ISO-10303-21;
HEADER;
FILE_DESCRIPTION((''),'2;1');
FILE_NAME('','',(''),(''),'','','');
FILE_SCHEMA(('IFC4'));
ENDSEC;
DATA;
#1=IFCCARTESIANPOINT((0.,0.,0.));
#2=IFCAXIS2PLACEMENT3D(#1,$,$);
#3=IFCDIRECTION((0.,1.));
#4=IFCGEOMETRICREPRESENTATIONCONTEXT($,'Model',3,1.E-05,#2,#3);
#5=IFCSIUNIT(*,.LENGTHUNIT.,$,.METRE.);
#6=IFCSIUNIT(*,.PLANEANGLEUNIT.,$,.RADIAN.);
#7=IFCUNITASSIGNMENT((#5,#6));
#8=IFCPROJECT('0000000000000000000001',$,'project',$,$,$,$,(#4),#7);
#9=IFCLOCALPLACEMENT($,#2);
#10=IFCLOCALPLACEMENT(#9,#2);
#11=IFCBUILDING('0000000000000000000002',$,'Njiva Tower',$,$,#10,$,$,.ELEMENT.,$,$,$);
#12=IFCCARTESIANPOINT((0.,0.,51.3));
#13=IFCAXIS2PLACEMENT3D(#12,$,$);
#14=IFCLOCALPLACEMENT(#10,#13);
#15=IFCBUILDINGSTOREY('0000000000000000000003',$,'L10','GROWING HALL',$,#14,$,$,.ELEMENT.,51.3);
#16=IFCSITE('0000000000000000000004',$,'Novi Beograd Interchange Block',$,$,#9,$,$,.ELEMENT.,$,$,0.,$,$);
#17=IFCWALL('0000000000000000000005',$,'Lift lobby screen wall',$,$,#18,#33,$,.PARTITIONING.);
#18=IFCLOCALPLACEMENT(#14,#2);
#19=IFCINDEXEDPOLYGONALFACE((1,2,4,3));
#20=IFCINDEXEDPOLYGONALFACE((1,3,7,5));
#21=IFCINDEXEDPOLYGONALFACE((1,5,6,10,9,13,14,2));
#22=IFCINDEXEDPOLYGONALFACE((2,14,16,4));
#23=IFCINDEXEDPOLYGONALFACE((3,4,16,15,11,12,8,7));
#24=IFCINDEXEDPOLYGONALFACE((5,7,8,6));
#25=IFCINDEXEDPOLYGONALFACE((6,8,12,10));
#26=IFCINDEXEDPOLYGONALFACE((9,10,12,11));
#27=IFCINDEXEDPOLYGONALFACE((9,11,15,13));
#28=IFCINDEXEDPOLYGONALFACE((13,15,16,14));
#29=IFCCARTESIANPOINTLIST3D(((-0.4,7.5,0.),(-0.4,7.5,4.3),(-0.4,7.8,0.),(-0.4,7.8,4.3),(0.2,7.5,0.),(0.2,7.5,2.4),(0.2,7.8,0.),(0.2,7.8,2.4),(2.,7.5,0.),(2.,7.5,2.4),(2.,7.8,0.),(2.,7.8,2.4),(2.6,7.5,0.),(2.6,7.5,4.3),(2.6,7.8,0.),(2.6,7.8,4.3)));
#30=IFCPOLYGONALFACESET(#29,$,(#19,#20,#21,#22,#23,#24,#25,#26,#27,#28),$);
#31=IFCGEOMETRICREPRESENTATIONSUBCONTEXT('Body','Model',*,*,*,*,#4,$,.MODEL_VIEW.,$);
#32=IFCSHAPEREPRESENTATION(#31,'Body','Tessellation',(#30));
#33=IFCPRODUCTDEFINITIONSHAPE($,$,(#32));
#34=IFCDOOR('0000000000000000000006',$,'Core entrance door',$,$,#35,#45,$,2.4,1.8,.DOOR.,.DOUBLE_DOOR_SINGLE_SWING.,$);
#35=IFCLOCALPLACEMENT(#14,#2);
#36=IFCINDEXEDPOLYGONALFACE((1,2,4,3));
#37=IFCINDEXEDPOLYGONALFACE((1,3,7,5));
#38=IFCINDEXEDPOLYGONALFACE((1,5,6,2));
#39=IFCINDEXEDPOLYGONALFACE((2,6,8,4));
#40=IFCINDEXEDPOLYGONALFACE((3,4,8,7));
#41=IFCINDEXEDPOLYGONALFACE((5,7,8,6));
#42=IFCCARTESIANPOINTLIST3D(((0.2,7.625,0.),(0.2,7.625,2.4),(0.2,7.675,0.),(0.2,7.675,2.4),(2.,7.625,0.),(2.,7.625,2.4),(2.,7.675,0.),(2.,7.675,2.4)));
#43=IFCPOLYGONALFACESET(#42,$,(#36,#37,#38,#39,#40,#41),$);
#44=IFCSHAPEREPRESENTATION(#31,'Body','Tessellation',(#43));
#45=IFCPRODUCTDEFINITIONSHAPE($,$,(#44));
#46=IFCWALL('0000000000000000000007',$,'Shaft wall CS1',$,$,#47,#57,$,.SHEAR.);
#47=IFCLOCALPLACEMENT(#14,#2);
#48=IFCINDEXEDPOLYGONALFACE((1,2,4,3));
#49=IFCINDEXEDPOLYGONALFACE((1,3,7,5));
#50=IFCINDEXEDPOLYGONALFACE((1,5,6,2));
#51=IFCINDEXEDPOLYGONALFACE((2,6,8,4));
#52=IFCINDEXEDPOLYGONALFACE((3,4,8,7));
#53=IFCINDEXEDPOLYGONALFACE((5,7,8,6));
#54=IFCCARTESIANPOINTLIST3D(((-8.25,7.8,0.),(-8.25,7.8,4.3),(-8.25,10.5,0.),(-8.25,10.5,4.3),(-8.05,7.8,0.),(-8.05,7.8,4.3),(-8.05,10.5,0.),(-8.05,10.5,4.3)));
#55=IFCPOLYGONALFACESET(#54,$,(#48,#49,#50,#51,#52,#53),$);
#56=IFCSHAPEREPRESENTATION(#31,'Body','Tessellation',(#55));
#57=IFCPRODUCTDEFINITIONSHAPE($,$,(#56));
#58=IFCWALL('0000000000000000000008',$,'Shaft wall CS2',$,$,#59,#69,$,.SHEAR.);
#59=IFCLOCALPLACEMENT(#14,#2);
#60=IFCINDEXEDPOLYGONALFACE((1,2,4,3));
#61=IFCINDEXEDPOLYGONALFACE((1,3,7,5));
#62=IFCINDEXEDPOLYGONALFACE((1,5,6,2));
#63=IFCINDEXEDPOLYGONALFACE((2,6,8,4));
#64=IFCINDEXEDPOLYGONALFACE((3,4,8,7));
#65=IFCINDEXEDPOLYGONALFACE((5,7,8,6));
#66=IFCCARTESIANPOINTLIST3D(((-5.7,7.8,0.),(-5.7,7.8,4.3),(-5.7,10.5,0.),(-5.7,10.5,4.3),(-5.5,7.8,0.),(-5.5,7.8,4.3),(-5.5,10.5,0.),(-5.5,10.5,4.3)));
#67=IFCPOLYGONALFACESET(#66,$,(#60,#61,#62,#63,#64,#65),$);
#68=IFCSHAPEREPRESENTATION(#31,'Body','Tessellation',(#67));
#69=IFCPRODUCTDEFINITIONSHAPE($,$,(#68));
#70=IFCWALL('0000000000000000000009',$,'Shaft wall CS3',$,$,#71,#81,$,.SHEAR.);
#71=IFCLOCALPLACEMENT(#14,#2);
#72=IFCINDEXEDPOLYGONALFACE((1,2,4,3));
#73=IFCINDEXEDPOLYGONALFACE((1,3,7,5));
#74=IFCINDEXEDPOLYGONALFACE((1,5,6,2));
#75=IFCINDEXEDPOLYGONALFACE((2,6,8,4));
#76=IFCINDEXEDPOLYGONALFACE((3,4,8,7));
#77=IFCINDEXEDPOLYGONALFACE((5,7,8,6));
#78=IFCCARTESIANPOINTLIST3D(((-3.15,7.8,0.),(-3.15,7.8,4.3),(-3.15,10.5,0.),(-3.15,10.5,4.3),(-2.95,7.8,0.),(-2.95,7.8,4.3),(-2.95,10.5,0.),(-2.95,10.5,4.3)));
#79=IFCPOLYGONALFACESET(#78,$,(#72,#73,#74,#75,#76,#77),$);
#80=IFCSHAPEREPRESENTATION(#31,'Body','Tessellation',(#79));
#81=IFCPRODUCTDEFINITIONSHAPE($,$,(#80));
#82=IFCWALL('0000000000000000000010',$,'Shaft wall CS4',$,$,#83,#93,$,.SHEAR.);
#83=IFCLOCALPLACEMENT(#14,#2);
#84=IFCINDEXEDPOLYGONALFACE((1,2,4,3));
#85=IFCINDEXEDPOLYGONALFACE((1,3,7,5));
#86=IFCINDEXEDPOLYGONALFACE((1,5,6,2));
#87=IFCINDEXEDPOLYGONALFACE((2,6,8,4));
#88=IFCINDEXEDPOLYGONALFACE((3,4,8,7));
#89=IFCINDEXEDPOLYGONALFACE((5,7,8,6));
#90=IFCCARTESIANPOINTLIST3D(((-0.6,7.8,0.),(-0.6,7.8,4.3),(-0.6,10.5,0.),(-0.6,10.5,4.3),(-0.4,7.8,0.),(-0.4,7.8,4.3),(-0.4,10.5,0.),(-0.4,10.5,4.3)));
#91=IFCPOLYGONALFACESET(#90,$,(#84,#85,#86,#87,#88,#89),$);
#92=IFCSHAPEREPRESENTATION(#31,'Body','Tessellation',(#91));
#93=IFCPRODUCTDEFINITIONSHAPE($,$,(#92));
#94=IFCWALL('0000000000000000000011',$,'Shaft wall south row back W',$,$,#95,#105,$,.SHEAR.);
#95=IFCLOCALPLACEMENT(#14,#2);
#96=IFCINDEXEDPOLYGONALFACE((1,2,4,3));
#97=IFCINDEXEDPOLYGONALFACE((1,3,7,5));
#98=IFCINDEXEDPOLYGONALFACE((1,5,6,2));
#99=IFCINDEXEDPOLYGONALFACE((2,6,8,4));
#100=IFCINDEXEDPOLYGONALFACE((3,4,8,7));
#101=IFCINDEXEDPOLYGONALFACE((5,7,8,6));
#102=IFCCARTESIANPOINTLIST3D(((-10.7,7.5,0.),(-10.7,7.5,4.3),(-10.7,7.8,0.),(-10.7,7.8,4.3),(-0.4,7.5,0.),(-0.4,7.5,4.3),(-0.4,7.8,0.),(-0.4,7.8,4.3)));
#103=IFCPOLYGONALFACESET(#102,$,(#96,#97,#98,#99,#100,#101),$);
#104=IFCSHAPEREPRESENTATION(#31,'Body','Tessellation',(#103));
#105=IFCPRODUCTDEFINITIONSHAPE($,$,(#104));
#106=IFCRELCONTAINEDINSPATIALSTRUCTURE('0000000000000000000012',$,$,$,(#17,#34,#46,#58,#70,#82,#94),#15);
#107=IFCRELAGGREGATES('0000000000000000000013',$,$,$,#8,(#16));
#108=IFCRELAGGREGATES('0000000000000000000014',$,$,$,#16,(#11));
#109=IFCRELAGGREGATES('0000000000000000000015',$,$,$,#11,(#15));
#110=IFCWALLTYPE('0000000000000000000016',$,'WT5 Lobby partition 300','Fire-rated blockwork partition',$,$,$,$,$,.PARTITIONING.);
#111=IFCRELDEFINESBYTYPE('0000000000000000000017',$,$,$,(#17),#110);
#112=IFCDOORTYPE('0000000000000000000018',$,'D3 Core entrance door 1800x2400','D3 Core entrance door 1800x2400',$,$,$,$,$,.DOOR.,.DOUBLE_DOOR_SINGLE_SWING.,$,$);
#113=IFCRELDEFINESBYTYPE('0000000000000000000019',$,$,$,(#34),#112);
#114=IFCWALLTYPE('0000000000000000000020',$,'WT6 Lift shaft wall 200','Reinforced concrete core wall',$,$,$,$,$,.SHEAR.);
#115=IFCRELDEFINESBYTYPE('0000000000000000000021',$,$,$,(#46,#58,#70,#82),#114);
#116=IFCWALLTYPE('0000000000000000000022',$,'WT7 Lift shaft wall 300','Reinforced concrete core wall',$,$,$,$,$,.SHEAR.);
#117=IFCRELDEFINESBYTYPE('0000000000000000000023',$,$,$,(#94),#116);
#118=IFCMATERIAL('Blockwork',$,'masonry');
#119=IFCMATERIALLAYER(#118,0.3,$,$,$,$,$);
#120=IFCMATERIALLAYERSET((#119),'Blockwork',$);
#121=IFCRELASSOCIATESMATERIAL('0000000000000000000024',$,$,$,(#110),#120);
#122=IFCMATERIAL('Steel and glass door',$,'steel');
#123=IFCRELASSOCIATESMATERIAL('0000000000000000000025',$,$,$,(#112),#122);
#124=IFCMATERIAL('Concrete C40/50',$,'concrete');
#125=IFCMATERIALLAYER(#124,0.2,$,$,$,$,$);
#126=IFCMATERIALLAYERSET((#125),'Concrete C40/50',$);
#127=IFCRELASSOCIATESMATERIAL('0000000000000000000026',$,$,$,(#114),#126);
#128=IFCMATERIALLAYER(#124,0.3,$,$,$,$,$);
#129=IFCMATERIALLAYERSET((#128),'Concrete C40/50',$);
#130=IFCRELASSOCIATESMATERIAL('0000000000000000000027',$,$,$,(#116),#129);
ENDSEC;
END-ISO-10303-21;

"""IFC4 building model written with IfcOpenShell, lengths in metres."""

from ifc_helpers import new_model, si_unit, direction, frame, frame_2d, origin, place, context, subcontext, project, spatial, rectangle, extrude, material, layer, layer_set, type_object, element, fill, save


model = new_model("IFC4")

# Units and contexts
model_context = context("Model", 3, precision=1e-05, world=origin(), true_north=direction((0.0, 1.0)))
body_context = subcontext(model_context, "Body", "Model", "MODEL_VIEW")
ifc_project = project(units=[si_unit("LENGTHUNIT", "METRE"), si_unit("PLANEANGLEUNIT", "RADIAN")], contexts=[model_context])

# Site, building, storey
site_placement = place(None, origin())
site = spatial("IfcSite", under=ifc_project, at=site_placement, Name="Novi Beograd Interchange Block", CompositionType="ELEMENT", RefElevation=0.0)
building_placement = place(site_placement, origin())
building = spatial("IfcBuilding", under=site, at=building_placement, Name="Njiva Tower", CompositionType="ELEMENT")
storey_placement = place(building_placement, frame((0.0, 0.0, 51.3)))
storey = spatial("IfcBuildingStorey", under=building, at=storey_placement, Name="L10", Description="GROWING HALL", CompositionType="ELEMENT", Elevation=51.3)

# Shared definitions
ifc_material_1 = material(Name="Blockwork", Category="masonry")

# Shared definitions
ifc_material_2 = material(Name="Concrete C40/50", Category="concrete")

# Wall, opening, door
ifc_layer_1 = layer(ifc_material_1, 0.3)
ifc_layer_set_1 = layer_set([ifc_layer_1], Name="Blockwork")
wall_type_1 = type_object("IfcWallType", Name="WT5 Lobby partition 300", Description="Fire-rated blockwork partition", PredefinedType="PARTITIONING", material=ifc_layer_set_1)
wall_1_placement = place(storey_placement, frame((-0.4, 7.65, 0.0), z_axis=(0.0, 0.0, 1.0), x_axis=(1.0, 0.0, 0.0)))
wall_1 = element("IfcWall", 1, at=wall_1_placement, inside=storey, type_object=wall_type_1, Name="Lift lobby screen wall", PredefinedType="PARTITIONING", context=body_context, shape_type="SweptSolid", body=[
    extrude(rectangle(XDim=3.0, YDim=0.3, at=frame_2d((1.5, 0.0))), origin(), (0.0, 0.0, 1.0), 4.3),
])
opening_1_placement = place(wall_1_placement, frame((0.6, 0.0, 0.0)))
opening_1 = element("IfcOpeningElement", 2, at=opening_1_placement, cuts=wall_1, PredefinedType="OPENING", context=body_context, shape_type="SweptSolid", body=[
    extrude(rectangle(XDim=1.8, YDim=2.4, at=frame_2d((0.9, 1.2))), frame((0.0, 0.16, 0.0), z_axis=(0.0, -1.0, 0.0), x_axis=(1.0, 0.0, 0.0)), (0.0, 0.0, 1.0), 0.32),
])
ifc_material_3 = material(Name="Steel and glass door", Category="steel")
door_type_1 = type_object("IfcDoorType", Name="D3 Core entrance door 1800x2400", Description="D3 Core entrance door 1800x2400", OperationType="DOUBLE_DOOR_SINGLE_SWING", PredefinedType="DOOR", material=ifc_material_3)
door_1_placement = place(opening_1_placement, origin())
door_1 = element("IfcDoor", 3, at=door_1_placement, inside=storey, type_object=door_type_1, Name="Core entrance door", OperationType="DOUBLE_DOOR_SINGLE_SWING", OverallHeight=2.4, OverallWidth=1.8, PredefinedType="DOOR", context=body_context, shape_type="SweptSolid", body=[
    extrude(rectangle(XDim=1.8, YDim=2.4, at=frame_2d((0.9, 1.2))), frame((0.0, 0.025, 0.0), z_axis=(0.0, -1.0, 0.0), x_axis=(1.0, 0.0, 0.0)), (0.0, 0.0, 1.0), 0.05),
])
fill(opening_1, door_1)

# Walls
ifc_layer_2 = layer(ifc_material_2, 0.2)
ifc_layer_set_2 = layer_set([ifc_layer_2], Name="Concrete C40/50")
wall_type_2 = type_object("IfcWallType", Name="WT6 Lift shaft wall 200", Description="Reinforced concrete core wall", PredefinedType="SHEAR", material=ifc_layer_set_2)
for number, where, z_axis, x_axis, name in (
    (4, (-8.15, 7.8, 0.0), (0.0, 0.0, 1.0), (0.0, 1.0, 0.0), "Shaft wall CS1"),
    (5, (-5.6, 7.8, 0.0), (0.0, 0.0, 1.0), (0.0, 1.0, 0.0), "Shaft wall CS2"),
    (6, (-3.05, 7.8, 0.0), (0.0, 0.0, 1.0), (0.0, 1.0, 0.0), "Shaft wall CS3"),
    (7, (-0.5, 7.8, 0.0), (0.0, 0.0, 1.0), (0.0, 1.0, 0.0), "Shaft wall CS4"),
):
    element("IfcWall", number, at=place(storey_placement, frame(where, z_axis=z_axis, x_axis=x_axis)), inside=storey, type_object=wall_type_2, Name=name, PredefinedType="SHEAR", context=body_context, shape_type="SweptSolid", body=[
        extrude(rectangle(XDim=2.7, YDim=0.2, at=frame_2d((1.35, 0.0))), origin(), (0.0, 0.0, 1.0), 4.3),
    ])
ifc_layer_3 = layer(ifc_material_2, 0.3)
ifc_layer_set_3 = layer_set([ifc_layer_3], Name="Concrete C40/50")
wall_type_3 = type_object("IfcWallType", Name="WT7 Lift shaft wall 300", Description="Reinforced concrete core wall", PredefinedType="SHEAR", material=ifc_layer_set_3)
wall_2_placement = place(storey_placement, frame((-10.7, 7.65, 0.0), z_axis=(0.0, 0.0, 1.0), x_axis=(1.0, 0.0, 0.0)))
element("IfcWall", 8, at=wall_2_placement, inside=storey, type_object=wall_type_3, Name="Shaft wall south row back W", PredefinedType="SHEAR", context=body_context, shape_type="SweptSolid", body=[
    extrude(rectangle(XDim=10.3, YDim=0.3, at=frame_2d((5.15, 0.0))), origin(), (0.0, 0.0, 1.0), 4.3),
])

save(model, "model.ifc")
